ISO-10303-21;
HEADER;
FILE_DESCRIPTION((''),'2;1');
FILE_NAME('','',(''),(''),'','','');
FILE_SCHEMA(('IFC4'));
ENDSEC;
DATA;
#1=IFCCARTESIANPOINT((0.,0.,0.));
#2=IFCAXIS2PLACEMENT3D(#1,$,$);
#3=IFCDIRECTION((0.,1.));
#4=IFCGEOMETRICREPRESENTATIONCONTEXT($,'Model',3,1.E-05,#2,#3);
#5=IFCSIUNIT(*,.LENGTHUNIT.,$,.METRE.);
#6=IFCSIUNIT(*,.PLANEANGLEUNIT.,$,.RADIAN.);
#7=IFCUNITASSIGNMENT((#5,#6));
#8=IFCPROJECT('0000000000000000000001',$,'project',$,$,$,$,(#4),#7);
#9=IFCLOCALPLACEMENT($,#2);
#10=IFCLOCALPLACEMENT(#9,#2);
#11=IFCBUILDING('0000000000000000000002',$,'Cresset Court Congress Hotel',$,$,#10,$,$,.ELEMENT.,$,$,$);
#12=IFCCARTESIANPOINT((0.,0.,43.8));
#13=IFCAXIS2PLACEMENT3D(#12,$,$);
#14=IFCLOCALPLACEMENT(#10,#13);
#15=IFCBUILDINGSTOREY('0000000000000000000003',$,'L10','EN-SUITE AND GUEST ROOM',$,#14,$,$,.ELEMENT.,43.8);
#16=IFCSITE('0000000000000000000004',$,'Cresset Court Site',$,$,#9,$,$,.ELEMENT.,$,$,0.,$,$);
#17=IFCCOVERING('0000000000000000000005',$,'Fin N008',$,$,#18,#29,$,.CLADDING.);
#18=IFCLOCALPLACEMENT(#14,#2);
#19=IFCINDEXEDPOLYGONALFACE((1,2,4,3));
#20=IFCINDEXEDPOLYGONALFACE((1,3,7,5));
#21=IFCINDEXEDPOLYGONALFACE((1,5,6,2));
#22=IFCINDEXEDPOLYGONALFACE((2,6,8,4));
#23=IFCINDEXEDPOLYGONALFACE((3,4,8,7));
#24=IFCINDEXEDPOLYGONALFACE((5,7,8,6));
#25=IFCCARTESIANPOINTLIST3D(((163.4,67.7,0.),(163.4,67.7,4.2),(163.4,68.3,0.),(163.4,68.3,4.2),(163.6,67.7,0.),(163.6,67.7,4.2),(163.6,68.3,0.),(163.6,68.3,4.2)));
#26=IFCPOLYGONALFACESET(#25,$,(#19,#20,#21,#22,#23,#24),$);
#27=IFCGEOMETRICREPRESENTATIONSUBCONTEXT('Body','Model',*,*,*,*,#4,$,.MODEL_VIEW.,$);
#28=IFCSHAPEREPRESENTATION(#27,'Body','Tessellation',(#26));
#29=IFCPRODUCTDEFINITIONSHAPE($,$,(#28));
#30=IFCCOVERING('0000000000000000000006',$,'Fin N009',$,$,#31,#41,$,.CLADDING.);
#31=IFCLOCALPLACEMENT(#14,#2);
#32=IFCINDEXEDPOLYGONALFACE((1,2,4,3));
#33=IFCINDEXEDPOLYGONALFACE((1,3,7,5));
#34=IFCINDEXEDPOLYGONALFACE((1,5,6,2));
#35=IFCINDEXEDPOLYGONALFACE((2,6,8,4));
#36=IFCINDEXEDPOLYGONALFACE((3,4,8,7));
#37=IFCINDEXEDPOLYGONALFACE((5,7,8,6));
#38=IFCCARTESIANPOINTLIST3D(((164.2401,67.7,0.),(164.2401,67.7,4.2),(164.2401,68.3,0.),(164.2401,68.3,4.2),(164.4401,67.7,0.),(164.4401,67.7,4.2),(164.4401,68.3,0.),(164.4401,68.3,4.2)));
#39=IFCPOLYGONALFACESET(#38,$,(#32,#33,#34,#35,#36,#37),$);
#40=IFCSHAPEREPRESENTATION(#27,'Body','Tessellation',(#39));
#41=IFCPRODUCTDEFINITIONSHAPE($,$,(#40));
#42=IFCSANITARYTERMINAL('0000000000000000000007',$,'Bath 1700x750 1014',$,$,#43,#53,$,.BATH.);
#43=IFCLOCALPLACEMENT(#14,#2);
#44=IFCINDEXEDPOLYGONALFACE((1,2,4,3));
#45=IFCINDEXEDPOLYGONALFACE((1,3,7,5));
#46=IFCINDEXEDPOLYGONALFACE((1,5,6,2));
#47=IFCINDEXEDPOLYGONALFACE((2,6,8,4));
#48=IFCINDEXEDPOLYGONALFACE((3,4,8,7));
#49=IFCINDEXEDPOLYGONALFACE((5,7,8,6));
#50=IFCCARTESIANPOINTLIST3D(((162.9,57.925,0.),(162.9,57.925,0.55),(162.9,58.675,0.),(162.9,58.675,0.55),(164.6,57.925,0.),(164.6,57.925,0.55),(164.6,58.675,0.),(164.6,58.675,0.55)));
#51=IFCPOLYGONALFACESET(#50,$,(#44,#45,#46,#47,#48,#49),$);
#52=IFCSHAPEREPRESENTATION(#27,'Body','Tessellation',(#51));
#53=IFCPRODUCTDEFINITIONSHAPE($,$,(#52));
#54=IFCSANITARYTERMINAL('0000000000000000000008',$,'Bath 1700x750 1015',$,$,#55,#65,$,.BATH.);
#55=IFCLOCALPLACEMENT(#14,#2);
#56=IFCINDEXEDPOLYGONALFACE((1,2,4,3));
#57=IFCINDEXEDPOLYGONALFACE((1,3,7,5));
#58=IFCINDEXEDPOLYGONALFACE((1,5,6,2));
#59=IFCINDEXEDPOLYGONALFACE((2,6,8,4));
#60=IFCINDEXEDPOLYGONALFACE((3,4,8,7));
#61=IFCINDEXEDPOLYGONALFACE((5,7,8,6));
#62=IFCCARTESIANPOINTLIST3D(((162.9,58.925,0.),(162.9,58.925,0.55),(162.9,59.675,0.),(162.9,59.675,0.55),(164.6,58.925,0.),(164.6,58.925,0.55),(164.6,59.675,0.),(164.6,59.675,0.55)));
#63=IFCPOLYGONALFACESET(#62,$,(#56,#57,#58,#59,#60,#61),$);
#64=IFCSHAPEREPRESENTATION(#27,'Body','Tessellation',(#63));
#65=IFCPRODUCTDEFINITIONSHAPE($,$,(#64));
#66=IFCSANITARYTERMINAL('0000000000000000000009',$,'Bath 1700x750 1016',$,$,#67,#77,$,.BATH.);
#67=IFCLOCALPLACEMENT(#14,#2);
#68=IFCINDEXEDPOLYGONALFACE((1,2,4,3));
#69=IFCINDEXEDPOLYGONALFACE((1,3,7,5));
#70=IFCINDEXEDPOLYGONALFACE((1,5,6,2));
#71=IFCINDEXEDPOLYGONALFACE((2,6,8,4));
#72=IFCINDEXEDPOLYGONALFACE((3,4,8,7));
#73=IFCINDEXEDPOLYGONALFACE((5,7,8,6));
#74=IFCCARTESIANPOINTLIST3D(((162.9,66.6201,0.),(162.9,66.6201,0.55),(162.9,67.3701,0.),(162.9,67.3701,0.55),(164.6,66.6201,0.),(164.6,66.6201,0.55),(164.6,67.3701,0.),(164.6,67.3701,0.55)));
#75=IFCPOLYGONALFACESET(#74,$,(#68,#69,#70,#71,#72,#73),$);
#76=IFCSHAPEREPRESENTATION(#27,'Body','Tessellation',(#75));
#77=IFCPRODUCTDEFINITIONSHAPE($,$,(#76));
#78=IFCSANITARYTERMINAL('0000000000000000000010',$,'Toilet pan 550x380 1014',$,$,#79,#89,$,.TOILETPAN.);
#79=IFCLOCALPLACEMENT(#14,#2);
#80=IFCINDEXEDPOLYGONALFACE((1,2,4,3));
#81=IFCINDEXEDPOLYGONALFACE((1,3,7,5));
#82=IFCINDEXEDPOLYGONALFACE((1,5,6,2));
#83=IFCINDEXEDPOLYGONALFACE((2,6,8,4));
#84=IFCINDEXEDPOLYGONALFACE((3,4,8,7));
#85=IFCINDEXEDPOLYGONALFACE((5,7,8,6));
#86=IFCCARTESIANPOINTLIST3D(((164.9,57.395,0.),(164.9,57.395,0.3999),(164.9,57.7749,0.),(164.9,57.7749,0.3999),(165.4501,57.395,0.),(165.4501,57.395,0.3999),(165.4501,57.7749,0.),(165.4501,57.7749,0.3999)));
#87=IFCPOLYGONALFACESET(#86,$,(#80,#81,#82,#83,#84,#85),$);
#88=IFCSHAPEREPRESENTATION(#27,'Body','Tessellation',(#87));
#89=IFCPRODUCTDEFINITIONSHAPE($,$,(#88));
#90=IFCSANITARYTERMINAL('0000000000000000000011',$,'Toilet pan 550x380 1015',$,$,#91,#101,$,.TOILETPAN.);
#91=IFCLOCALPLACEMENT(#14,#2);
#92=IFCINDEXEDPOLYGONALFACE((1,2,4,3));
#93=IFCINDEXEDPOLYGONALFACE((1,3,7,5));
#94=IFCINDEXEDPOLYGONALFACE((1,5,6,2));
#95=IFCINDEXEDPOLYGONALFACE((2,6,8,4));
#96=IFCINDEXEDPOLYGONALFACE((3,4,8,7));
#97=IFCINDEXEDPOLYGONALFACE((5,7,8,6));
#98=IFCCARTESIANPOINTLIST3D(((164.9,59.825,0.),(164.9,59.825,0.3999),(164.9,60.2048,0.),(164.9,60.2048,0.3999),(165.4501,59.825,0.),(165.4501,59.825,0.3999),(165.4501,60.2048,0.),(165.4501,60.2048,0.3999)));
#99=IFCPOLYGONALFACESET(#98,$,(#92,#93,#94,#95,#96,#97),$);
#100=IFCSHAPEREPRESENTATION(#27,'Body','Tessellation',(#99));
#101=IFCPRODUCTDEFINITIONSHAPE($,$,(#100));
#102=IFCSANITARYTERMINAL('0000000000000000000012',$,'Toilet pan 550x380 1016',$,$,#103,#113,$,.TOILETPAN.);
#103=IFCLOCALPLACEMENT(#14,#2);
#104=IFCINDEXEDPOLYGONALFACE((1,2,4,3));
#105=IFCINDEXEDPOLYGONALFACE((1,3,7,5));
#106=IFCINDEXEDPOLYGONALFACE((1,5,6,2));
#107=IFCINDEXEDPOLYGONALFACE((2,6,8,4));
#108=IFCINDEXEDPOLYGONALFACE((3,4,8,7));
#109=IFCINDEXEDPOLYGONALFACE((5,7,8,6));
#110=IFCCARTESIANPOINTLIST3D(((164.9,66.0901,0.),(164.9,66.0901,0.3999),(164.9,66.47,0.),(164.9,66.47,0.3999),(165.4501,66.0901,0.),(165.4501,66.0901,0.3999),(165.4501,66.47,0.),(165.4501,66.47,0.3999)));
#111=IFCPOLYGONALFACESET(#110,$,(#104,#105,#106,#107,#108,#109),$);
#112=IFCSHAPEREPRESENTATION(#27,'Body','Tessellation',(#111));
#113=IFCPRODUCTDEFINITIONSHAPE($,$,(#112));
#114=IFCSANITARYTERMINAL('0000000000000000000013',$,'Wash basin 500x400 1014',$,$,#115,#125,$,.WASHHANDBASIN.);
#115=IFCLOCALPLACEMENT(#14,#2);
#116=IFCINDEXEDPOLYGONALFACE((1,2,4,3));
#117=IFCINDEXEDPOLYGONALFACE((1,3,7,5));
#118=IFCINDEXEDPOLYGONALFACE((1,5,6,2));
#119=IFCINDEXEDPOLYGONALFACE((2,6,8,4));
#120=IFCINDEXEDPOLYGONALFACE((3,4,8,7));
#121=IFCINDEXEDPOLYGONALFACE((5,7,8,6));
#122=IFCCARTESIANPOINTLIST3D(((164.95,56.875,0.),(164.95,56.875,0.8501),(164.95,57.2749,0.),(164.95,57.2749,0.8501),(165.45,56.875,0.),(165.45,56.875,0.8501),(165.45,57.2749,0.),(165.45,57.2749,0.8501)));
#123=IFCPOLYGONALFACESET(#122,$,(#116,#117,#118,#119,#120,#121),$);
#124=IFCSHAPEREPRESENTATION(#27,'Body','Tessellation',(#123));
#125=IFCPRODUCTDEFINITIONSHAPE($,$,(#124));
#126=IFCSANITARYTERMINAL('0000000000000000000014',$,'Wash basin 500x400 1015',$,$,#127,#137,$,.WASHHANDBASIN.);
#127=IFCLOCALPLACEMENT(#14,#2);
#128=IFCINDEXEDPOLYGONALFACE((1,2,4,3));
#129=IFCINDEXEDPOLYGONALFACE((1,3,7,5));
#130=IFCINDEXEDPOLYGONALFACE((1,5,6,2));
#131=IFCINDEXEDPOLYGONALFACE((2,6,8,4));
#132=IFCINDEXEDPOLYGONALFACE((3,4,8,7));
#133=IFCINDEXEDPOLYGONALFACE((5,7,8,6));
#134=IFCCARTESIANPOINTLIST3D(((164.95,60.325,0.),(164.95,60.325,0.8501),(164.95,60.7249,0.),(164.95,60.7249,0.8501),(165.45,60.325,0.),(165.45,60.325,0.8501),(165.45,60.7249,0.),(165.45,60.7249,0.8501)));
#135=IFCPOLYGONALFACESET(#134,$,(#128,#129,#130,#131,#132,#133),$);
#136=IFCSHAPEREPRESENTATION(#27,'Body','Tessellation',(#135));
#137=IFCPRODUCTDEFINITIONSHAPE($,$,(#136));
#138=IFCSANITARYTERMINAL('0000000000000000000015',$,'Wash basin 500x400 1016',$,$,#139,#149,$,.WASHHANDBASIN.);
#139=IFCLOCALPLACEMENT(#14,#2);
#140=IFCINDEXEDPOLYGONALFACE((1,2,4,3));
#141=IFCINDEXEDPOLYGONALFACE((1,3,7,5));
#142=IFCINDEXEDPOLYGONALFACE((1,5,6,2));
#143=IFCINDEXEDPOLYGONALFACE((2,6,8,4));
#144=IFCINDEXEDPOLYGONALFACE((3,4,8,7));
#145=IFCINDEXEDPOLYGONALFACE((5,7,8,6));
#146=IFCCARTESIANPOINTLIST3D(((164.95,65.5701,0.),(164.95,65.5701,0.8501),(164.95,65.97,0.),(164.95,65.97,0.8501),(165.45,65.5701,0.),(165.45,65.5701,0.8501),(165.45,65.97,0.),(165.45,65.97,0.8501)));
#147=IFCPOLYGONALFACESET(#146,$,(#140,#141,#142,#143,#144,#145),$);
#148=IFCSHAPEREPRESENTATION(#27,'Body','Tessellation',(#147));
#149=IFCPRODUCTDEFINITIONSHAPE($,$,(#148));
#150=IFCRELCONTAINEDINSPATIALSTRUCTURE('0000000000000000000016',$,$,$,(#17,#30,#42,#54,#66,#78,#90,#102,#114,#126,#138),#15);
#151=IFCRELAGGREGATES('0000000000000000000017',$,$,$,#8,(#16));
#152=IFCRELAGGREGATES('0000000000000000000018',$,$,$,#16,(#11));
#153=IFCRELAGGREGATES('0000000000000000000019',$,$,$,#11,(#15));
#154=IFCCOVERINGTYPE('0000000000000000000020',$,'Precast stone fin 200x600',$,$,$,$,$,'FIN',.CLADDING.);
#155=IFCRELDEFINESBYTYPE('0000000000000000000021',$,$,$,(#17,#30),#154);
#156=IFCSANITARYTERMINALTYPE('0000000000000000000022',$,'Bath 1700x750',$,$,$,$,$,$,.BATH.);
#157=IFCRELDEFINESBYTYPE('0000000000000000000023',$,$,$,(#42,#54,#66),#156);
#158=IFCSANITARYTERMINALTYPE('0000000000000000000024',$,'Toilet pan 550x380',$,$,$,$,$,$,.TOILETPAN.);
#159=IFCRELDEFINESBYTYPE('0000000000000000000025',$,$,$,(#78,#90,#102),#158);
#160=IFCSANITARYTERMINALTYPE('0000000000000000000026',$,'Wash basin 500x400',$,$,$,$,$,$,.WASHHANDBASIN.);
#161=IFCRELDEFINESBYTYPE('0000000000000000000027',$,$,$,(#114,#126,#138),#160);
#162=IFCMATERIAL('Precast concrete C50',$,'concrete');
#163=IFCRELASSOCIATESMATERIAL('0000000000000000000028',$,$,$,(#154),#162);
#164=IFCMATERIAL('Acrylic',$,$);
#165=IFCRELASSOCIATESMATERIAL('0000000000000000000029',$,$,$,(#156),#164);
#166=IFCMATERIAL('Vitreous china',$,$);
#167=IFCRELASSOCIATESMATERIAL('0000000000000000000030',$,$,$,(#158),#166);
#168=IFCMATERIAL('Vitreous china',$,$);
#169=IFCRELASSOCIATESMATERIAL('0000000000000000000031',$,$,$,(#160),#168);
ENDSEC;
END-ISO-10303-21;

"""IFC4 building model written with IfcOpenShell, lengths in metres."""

from ifc_helpers import new_model, si_unit, direction, frame, origin, origin_2d, place, context, subcontext, project, spatial, rectangle, extrude, material, type_object, element, save


model = new_model("IFC4")

# Units and contexts
model_context = context("Model", 3, precision=1e-05, world=origin(), true_north=direction((0.0, 1.0)))
body_context = subcontext(model_context, "Body", "Model", "MODEL_VIEW")
ifc_project = project(units=[si_unit("LENGTHUNIT", "METRE"), si_unit("PLANEANGLEUNIT", "RADIAN")], contexts=[model_context])

# Site, building, storey
site_placement = place(None, origin())
site = spatial("IfcSite", under=ifc_project, at=site_placement, Name="Cresset Court Site", CompositionType="ELEMENT", RefElevation=0.0)
building_placement = place(site_placement, origin())
building = spatial("IfcBuilding", under=site, at=building_placement, Name="Cresset Court Congress Hotel", CompositionType="ELEMENT")
storey_placement = place(building_placement, frame((0.0, 0.0, 43.8)))
storey = spatial("IfcBuildingStorey", under=building, at=storey_placement, Name="L10", Description="EN-SUITE AND GUEST ROOM", CompositionType="ELEMENT", Elevation=43.8)

# Coverings
ifc_material_1 = material(Name="Precast concrete C50", Category="concrete")
covering_type = type_object("IfcCoveringType", Name="Precast stone fin 200x600", ElementType="FIN", PredefinedType="CLADDING", material=ifc_material_1)
for number, where, z_axis, x_axis, name in (
    (1, (163.5, 68.0, 0.0), (0.0, 0.0, 1.0), (1.0, 0.0, 0.0), "Fin N008"),
    (2, (164.3401, 68.0, 0.0), (0.0, 0.0, 1.0), (1.0, 0.0, 0.0), "Fin N009"),
):
    element("IfcCovering", number, at=place(storey_placement, frame(where, z_axis=z_axis, x_axis=x_axis)), inside=storey, type_object=covering_type, Name=name, PredefinedType="CLADDING", context=body_context, shape_type="SweptSolid", body=[
        extrude(rectangle(XDim=0.2, YDim=0.6001, at=origin_2d()), origin(), (0.0, 0.0, 1.0), 4.2),
    ])

# Sanitary terminals
ifc_material_2 = material(Name="Acrylic")
sanitary_terminal_type_1 = type_object("IfcSanitaryTerminalType", Name="Bath 1700x750", PredefinedType="BATH", material=ifc_material_2)
for number, where, z_axis, x_axis, name in (
    (3, (163.75, 58.3, 0.0), (0.0, 0.0, 1.0), (1.0, 0.0, 0.0), "Bath 1700x750 1014"),
    (4, (163.75, 59.3, 0.0), (0.0, 0.0, 1.0), (1.0, 0.0, 0.0), "Bath 1700x750 1015"),
    (5, (163.75, 66.9951, 0.0), (0.0, 0.0, 1.0), (1.0, 0.0, 0.0), "Bath 1700x750 1016"),
):
    element("IfcSanitaryTerminal", number, at=place(storey_placement, frame(where, z_axis=z_axis, x_axis=x_axis)), inside=storey, type_object=sanitary_terminal_type_1, Name=name, PredefinedType="BATH", context=body_context, shape_type="SweptSolid", body=[
        extrude(rectangle(XDim=1.7, YDim=0.75, at=origin_2d()), origin(), (0.0, 0.0, 1.0), 0.55),
    ])
ifc_material_3 = material(Name="Vitreous china")
sanitary_terminal_type_2 = type_object("IfcSanitaryTerminalType", Name="Toilet pan 550x380", PredefinedType="TOILETPAN", material=ifc_material_3)
for number, where, z_axis, x_axis, name in (
    (6, (165.175, 57.585, 0.0), (0.0, 0.0, 1.0), (1.0, 0.0, 0.0), "Toilet pan 550x380 1014"),
    (7, (165.175, 60.0149, 0.0), (0.0, 0.0, 1.0), (1.0, 0.0, 0.0), "Toilet pan 550x380 1015"),
    (8, (165.175, 66.28, 0.0), (0.0, 0.0, 1.0), (1.0, 0.0, 0.0), "Toilet pan 550x380 1016"),
):
    element("IfcSanitaryTerminal", number, at=place(storey_placement, frame(where, z_axis=z_axis, x_axis=x_axis)), inside=storey, type_object=sanitary_terminal_type_2, Name=name, PredefinedType="TOILETPAN", context=body_context, shape_type="SweptSolid", body=[
        extrude(rectangle(XDim=0.55, YDim=0.3799, at=origin_2d()), origin(), (0.0, 0.0, 1.0), 0.3999),
    ])
ifc_material_4 = material(Name="Vitreous china")
sanitary_terminal_type_3 = type_object("IfcSanitaryTerminalType", Name="Wash basin 500x400", PredefinedType="WASHHANDBASIN", material=ifc_material_4)
for number, where, z_axis, x_axis, name in (
    (9, (165.2, 57.075, 0.0), (0.0, 0.0, 1.0), (1.0, 0.0, 0.0), "Wash basin 500x400 1014"),
    (10, (165.2, 60.5249, 0.0), (0.0, 0.0, 1.0), (1.0, 0.0, 0.0), "Wash basin 500x400 1015"),
    (11, (165.2, 65.77, 0.0), (0.0, 0.0, 1.0), (1.0, 0.0, 0.0), "Wash basin 500x400 1016"),
):
    element("IfcSanitaryTerminal", number, at=place(storey_placement, frame(where, z_axis=z_axis, x_axis=x_axis)), inside=storey, type_object=sanitary_terminal_type_3, Name=name, PredefinedType="WASHHANDBASIN", context=body_context, shape_type="SweptSolid", body=[
        extrude(rectangle(XDim=0.5, YDim=0.3999, at=origin_2d()), origin(), (0.0, 0.0, 1.0), 0.8501),
    ])

save(model, "model.ifc")
